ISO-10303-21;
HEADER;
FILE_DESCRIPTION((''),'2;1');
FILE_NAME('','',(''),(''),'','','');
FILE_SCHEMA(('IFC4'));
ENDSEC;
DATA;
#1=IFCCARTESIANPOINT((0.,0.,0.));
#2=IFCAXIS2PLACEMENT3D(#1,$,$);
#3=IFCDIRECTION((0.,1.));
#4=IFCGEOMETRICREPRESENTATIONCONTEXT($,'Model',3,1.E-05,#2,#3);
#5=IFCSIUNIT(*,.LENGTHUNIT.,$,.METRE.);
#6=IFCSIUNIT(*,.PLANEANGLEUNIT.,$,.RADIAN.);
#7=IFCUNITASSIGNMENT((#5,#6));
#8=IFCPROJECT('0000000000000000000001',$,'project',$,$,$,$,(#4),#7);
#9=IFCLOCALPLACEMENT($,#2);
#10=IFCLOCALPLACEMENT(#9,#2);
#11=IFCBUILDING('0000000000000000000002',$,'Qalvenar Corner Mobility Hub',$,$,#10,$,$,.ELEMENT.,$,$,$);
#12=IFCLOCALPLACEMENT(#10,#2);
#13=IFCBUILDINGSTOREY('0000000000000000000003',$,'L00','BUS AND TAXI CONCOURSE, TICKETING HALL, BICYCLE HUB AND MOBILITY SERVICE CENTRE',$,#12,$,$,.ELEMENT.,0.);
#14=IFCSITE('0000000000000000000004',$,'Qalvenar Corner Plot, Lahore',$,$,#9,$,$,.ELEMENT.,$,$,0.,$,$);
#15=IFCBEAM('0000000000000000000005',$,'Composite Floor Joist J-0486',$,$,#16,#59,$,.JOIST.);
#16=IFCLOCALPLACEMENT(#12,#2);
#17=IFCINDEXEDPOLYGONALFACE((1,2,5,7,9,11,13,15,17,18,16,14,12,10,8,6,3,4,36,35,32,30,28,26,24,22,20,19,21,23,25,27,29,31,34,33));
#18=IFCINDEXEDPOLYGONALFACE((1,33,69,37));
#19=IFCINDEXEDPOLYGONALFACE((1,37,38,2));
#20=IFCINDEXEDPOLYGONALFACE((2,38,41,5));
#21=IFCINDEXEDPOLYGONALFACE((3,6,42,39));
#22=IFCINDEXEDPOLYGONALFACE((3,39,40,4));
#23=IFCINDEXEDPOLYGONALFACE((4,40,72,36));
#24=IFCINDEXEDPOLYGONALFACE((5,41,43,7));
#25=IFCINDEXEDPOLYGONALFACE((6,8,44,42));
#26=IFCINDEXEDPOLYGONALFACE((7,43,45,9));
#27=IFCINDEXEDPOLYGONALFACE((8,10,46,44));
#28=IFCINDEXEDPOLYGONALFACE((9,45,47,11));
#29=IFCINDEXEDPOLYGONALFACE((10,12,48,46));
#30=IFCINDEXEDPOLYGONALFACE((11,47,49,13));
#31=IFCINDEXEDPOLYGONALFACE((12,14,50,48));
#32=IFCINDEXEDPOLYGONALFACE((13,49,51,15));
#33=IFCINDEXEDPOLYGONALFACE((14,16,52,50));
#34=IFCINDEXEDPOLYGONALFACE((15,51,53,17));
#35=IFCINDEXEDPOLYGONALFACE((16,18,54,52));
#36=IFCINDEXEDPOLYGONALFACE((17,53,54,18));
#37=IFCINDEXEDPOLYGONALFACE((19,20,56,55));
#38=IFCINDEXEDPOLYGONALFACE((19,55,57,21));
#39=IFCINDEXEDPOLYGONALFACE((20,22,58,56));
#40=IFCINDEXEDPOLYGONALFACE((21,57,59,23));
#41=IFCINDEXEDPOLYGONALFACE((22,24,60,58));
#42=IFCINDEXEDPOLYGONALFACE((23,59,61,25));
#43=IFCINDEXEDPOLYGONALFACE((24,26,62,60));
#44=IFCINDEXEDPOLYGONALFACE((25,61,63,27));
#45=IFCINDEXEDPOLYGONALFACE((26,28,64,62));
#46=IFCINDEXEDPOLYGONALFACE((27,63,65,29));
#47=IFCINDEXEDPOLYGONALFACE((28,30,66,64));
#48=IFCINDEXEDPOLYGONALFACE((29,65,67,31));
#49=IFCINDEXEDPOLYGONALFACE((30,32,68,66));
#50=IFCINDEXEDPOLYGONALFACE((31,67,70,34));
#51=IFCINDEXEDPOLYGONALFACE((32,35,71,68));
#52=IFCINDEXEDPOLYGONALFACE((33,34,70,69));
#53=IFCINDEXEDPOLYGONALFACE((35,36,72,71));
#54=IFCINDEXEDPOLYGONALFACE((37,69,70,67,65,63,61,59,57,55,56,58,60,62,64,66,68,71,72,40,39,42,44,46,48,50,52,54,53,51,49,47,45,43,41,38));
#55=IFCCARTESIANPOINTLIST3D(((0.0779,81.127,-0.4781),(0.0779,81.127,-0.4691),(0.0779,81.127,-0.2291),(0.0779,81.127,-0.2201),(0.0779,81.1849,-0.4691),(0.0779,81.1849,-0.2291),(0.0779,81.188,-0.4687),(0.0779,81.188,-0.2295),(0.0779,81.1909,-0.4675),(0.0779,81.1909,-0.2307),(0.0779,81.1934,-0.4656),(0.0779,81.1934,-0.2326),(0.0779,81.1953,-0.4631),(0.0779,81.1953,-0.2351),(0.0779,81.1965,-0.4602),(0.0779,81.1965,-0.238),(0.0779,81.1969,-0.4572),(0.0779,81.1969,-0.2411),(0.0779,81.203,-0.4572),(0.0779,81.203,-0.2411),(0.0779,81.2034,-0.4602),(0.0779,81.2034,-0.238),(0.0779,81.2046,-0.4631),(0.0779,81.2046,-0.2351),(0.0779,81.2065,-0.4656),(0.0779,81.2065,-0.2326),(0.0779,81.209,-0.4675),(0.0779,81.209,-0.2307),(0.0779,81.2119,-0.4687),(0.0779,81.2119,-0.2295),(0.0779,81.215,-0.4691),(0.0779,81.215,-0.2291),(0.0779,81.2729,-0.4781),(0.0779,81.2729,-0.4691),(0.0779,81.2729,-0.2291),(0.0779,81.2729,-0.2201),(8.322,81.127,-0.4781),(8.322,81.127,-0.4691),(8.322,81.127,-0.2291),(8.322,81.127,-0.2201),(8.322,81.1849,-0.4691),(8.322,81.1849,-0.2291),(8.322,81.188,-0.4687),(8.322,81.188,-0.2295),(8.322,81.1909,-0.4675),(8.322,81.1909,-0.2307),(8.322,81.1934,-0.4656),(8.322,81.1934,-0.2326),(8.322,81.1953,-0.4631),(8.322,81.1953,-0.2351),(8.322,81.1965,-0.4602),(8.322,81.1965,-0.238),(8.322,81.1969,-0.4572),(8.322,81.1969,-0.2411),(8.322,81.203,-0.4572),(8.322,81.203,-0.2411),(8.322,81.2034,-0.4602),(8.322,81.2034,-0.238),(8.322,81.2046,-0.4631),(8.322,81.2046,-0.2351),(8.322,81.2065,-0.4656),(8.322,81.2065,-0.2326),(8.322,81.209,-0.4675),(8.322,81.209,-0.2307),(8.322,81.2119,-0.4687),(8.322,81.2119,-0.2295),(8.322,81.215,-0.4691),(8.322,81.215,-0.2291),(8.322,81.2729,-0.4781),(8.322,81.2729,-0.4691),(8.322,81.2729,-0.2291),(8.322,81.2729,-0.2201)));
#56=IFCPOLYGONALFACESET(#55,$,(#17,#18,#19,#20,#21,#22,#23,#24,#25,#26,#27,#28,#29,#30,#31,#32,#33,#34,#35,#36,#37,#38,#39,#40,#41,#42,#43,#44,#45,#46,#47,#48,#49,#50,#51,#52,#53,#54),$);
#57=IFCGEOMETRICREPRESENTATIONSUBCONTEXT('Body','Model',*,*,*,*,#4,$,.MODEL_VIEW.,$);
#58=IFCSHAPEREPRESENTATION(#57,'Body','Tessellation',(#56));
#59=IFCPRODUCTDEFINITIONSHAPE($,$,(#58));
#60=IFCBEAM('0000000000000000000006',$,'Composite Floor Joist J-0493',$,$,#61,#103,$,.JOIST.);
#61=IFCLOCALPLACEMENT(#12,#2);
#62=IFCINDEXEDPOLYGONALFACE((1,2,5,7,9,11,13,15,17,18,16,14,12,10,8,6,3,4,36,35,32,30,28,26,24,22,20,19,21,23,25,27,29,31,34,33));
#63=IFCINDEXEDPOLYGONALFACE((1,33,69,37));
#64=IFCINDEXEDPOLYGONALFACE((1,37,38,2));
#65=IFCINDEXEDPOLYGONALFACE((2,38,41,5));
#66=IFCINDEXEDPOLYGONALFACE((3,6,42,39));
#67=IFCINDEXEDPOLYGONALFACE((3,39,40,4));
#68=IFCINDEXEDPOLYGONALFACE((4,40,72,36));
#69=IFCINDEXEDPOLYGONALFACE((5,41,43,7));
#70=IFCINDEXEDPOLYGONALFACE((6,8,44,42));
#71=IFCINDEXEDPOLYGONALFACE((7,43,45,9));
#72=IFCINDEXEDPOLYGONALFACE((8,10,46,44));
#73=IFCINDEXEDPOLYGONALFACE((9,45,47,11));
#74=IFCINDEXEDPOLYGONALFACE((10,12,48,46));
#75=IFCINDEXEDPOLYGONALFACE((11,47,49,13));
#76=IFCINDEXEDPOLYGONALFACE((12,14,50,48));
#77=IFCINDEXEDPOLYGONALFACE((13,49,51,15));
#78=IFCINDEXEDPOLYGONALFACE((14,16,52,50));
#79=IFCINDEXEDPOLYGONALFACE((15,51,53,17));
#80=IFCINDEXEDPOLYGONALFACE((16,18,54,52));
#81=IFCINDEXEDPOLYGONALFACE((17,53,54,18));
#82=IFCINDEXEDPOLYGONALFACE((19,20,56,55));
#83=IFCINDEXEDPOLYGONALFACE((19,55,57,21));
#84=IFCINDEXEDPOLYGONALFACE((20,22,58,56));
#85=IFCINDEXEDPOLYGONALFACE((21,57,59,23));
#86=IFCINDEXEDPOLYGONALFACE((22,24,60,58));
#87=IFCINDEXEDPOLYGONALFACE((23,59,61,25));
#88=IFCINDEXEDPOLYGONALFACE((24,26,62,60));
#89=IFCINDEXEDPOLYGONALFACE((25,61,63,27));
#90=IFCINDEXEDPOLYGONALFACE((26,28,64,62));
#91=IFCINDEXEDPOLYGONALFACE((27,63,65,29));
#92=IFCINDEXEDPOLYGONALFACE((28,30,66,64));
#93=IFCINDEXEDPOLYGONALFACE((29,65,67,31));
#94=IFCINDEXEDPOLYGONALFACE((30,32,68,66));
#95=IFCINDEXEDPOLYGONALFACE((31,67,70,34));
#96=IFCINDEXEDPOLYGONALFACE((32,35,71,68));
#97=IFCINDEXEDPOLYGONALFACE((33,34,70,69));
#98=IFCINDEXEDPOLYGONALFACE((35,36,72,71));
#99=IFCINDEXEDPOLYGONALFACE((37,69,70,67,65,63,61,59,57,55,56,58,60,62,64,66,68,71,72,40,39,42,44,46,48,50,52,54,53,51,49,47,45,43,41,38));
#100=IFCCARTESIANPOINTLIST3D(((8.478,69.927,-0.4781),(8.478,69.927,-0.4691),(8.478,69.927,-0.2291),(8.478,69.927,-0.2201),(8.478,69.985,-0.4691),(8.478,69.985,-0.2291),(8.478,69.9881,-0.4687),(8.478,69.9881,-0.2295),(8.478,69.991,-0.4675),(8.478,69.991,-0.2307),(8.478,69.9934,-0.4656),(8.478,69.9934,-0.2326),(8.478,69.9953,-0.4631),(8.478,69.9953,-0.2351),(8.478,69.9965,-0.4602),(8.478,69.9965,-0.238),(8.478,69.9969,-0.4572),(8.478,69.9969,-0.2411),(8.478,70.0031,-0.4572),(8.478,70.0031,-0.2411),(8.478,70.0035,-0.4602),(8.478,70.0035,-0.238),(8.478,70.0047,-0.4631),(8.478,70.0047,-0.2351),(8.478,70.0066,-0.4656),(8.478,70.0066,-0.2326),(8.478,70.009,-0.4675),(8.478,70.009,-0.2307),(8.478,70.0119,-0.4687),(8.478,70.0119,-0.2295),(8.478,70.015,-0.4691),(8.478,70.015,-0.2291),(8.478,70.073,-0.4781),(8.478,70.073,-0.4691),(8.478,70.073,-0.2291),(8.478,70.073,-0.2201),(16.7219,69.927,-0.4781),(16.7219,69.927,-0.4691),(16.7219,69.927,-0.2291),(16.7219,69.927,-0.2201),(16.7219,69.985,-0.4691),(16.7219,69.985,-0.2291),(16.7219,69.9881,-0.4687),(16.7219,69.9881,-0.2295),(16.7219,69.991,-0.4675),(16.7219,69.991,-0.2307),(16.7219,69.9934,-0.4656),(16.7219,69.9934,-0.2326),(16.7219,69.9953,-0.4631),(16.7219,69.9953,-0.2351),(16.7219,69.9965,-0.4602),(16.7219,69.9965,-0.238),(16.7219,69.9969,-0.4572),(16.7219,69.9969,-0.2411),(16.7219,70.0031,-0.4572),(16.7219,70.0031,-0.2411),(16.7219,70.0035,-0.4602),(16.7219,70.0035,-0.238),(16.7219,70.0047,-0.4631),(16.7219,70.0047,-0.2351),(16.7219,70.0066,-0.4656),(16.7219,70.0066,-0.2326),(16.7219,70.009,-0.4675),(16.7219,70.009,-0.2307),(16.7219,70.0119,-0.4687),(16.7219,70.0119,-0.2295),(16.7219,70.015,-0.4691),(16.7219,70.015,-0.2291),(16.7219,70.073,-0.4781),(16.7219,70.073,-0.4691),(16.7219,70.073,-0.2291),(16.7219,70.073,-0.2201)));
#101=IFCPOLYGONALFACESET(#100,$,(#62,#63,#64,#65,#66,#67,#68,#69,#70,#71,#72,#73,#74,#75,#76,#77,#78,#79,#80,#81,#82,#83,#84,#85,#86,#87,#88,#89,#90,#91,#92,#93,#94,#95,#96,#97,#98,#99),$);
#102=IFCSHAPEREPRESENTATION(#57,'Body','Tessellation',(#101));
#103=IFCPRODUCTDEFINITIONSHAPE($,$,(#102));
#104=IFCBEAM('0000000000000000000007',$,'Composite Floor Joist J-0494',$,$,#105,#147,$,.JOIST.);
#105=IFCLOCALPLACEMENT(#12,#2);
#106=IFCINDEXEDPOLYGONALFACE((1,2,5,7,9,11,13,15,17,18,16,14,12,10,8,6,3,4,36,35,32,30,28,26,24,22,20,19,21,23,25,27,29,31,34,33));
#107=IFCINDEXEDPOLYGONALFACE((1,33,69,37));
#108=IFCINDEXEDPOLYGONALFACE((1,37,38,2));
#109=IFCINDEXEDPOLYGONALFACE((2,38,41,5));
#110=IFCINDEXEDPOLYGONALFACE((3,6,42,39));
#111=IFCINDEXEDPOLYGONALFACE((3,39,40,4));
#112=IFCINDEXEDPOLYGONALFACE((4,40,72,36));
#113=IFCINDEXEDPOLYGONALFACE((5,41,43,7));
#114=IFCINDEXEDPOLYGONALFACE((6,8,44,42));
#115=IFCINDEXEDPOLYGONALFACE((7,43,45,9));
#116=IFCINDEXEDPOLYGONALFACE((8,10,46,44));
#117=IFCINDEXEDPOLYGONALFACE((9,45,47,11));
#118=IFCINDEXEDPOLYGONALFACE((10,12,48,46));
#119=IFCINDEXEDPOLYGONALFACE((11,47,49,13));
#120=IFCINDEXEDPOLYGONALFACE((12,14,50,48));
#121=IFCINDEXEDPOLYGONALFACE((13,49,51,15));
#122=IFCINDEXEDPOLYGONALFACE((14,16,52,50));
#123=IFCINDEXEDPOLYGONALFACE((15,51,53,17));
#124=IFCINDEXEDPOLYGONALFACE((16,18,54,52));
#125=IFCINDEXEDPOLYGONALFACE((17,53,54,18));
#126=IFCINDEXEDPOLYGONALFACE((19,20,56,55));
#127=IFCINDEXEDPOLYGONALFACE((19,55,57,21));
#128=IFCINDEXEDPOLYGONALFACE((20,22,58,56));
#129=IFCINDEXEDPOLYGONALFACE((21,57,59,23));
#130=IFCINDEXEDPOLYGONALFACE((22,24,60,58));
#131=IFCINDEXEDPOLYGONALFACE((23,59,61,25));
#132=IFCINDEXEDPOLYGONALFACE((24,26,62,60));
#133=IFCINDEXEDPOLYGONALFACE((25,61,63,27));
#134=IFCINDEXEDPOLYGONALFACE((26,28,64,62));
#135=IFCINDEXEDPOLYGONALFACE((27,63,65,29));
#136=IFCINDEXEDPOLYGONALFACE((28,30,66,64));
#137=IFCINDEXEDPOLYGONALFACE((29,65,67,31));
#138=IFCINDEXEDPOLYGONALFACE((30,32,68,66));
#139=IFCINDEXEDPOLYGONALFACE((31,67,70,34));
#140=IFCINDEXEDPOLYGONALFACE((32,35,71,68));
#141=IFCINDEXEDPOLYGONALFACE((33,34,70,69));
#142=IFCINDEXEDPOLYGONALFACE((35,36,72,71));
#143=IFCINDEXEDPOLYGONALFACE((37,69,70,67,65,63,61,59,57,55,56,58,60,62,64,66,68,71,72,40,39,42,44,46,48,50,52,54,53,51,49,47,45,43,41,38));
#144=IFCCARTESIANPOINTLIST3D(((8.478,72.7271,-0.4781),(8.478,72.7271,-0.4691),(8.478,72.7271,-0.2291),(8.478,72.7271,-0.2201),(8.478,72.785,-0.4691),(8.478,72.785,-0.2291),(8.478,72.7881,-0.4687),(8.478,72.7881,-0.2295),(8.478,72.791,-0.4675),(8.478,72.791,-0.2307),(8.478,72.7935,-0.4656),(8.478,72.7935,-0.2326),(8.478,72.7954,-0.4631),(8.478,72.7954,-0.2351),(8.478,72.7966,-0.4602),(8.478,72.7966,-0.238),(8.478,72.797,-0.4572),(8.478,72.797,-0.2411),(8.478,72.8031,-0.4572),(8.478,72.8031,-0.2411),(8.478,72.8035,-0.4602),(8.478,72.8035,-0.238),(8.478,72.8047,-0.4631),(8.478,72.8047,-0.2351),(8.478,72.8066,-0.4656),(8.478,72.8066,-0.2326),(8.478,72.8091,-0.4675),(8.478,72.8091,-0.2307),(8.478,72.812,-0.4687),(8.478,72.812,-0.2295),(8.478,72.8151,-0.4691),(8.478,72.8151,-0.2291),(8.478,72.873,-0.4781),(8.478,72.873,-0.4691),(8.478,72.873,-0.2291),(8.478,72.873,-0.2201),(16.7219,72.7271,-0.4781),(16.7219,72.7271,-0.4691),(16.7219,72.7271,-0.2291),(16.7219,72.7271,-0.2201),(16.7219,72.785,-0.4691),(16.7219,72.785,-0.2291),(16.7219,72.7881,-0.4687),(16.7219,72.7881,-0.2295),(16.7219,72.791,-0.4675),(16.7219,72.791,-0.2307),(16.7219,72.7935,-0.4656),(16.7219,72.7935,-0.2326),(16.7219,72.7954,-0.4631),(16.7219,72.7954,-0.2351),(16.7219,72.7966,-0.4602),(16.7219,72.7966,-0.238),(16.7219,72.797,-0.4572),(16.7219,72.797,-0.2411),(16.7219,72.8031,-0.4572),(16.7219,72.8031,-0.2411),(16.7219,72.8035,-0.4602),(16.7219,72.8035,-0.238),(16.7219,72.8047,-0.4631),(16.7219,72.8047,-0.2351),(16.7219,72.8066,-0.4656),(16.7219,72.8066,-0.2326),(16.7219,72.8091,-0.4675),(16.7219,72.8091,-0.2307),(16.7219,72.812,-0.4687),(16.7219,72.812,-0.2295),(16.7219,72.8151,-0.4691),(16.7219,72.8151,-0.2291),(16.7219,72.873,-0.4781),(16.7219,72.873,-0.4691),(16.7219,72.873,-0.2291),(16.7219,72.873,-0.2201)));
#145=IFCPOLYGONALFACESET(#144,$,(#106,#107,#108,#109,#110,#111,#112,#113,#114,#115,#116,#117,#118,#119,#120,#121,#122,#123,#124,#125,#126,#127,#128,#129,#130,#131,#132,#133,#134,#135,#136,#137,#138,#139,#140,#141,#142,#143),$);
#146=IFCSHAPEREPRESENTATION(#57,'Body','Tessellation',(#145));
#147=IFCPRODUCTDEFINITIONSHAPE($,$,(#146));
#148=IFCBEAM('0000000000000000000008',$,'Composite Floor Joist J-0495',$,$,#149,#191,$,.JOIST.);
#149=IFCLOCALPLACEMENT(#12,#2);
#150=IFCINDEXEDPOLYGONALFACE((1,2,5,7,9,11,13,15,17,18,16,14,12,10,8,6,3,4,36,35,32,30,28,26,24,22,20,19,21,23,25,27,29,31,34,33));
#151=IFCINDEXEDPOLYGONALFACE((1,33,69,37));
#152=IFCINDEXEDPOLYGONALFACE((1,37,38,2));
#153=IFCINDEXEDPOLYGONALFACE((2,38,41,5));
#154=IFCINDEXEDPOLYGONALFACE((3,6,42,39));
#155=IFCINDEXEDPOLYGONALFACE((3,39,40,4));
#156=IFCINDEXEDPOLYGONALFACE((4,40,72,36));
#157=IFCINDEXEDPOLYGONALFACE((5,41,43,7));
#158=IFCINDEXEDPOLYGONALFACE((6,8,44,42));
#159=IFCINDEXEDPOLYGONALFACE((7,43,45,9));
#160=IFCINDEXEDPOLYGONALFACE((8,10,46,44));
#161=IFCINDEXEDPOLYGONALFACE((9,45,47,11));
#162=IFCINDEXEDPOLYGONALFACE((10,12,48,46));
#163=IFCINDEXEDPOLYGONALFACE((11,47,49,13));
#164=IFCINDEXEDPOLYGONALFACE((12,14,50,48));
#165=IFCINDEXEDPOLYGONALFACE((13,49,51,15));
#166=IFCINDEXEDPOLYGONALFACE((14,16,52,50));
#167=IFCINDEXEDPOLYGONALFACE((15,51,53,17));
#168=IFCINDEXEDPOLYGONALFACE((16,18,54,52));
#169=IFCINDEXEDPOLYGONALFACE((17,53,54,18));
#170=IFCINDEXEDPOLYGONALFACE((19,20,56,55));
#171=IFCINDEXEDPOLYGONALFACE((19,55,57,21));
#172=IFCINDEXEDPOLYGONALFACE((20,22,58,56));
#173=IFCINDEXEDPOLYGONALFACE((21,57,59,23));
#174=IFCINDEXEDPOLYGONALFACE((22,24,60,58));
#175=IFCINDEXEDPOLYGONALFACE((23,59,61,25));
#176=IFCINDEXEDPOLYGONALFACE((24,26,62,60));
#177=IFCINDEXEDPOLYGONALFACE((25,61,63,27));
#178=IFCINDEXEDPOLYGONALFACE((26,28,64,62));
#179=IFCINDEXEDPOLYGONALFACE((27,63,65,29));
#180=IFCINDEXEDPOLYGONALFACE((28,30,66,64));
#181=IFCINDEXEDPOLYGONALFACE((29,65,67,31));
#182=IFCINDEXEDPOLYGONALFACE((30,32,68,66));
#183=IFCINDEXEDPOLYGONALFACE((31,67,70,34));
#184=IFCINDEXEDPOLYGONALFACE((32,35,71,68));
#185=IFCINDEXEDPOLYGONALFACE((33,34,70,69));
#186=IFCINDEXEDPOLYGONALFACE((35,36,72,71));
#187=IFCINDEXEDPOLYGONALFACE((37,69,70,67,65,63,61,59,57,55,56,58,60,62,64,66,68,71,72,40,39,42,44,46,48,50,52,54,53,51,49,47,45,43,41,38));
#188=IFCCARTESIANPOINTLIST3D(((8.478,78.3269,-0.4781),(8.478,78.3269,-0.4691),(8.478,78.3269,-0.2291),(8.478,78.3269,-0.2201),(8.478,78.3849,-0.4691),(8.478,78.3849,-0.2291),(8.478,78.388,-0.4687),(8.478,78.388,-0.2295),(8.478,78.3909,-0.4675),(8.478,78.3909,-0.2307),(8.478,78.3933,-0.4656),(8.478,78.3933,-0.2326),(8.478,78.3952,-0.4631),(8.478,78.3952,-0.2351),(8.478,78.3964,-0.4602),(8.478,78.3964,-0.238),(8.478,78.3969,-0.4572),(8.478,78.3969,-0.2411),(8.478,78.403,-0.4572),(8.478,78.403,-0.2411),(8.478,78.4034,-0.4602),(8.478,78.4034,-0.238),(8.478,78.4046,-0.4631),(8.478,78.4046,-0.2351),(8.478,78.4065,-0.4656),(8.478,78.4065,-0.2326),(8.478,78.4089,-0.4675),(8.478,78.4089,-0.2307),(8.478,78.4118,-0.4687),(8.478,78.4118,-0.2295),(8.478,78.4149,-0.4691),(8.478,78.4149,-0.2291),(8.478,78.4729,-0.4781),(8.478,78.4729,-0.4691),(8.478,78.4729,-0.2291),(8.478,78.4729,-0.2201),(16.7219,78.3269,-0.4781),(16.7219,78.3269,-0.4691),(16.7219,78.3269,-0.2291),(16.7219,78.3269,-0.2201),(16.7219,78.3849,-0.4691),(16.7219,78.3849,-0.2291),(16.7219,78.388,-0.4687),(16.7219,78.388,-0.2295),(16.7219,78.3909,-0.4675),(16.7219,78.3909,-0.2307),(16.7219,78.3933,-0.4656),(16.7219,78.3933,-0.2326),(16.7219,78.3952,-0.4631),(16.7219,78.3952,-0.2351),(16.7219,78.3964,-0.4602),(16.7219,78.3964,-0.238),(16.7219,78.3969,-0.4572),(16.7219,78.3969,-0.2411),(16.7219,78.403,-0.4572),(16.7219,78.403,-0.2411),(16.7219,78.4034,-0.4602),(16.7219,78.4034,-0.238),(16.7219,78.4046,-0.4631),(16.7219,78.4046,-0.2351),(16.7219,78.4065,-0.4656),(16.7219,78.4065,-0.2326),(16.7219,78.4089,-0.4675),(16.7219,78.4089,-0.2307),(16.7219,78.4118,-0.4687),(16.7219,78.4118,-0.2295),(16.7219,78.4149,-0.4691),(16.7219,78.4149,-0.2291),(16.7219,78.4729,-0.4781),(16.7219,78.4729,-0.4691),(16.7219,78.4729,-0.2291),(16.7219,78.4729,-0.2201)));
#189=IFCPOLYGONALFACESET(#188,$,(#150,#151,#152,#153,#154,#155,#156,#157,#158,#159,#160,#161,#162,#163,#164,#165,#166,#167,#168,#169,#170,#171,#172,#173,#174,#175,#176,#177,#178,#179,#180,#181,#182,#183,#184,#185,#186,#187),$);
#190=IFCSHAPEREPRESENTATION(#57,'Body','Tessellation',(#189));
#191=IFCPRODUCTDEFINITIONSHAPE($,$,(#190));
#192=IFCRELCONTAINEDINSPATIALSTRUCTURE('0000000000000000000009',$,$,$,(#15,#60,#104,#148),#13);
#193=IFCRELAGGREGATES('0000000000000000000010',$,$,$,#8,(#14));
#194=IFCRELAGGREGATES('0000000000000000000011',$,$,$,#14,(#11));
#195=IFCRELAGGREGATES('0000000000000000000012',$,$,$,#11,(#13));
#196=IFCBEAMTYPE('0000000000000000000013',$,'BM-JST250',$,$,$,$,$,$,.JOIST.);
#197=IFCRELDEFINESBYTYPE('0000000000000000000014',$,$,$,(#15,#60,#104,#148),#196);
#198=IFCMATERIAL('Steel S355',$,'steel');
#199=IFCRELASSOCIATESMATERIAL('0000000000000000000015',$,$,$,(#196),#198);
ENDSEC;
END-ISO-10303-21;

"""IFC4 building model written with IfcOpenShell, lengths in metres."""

from ifc_helpers import new_model, si_unit, direction, frame, origin, origin_2d, place, context, subcontext, project, spatial, i_section, extrude, material, material_profile, profile_set, type_object, element, save


model = new_model("IFC4")

# Units and contexts
model_context = context("Model", 3, precision=1e-05, world=origin(), true_north=direction((0.0, 1.0)))
body_context = subcontext(model_context, "Body", "Model", "MODEL_VIEW")
ifc_project = project(units=[si_unit("LENGTHUNIT", "METRE"), si_unit("PLANEANGLEUNIT", "RADIAN")], contexts=[model_context])

# Site, building, storey
site_placement = place(None, origin())
site = spatial("IfcSite", under=ifc_project, at=site_placement, Name="Qalvenar Corner Plot, Lahore", CompositionType="ELEMENT", RefElevation=0.0)
building_placement = place(site_placement, origin())
building = spatial("IfcBuilding", under=site, at=building_placement, Name="Qalvenar Corner Mobility Hub", CompositionType="ELEMENT")
storey_placement = place(building_placement, origin())
storey = spatial("IfcBuildingStorey", under=building, at=storey_placement, Name="L00", Description="BUS AND TAXI CONCOURSE, TICKETING HALL, BICYCLE HUB AND MOBILITY SERVICE CENTRE", CompositionType="ELEMENT", Elevation=0.0)

# Shared definitions
ifc_material_1 = material(Name="Steel S355", Category="steel")

# Beams
ifc_material_profile_1 = material_profile(ifc_material_1, i_section(OverallWidth=0.146, OverallDepth=0.2581, WebThickness=0.0061, FlangeThickness=0.009, FilletRadius=0.012, at=origin_2d()), Name="W250x32.7")
ifc_profile_set_1 = profile_set([ifc_material_profile_1], Name="Steel S355")
beam_type_1 = type_object("IfcBeamType", Name="BM-JST250", PredefinedType="JOIST", material=ifc_profile_set_1)
for number, where, z_axis, x_axis, name in (
    (1, (0.0779, 81.2, -0.3491), (1.0, 0.0, 0.0), (0.0, 1.0, 0.0), "Composite Floor Joist J-0486"),
):
    element("IfcBeam", number, at=place(storey_placement, frame(where, z_axis=z_axis, x_axis=x_axis)), inside=storey, type_object=beam_type_1, Name=name, PredefinedType="JOIST", context=body_context, shape_type="SweptSolid", body=[
        extrude(i_section(OverallWidth=0.146, OverallDepth=0.2581, WebThickness=0.0061, FlangeThickness=0.009, FilletRadius=0.012, at=origin_2d()), origin(), (0.0, 0.0, 1.0), 8.2441),
    ])
for number, where, z_axis, x_axis, name in (
    (2, (8.478, 70.0, -0.3491), (1.0, 0.0, 0.0), (0.0, 1.0, 0.0), "Composite Floor Joist J-0493"),
    (3, (8.478, 72.8, -0.3491), (1.0, 0.0, 0.0), (0.0, 1.0, 0.0), "Composite Floor Joist J-0494"),
    (4, (8.478, 78.3999, -0.3491), (1.0, 0.0, 0.0), (0.0, 1.0, 0.0), "Composite Floor Joist J-0495"),
):
    element("IfcBeam", number, at=place(storey_placement, frame(where, z_axis=z_axis, x_axis=x_axis)), inside=storey, type_object=beam_type_1, Name=name, PredefinedType="JOIST", context=body_context, shape_type="SweptSolid", body=[
        extrude(i_section(OverallWidth=0.146, OverallDepth=0.2581, WebThickness=0.0061, FlangeThickness=0.009, FilletRadius=0.012, at=origin_2d()), origin(), (0.0, 0.0, 1.0), 8.2439),
    ])

save(model, "model.ifc")
